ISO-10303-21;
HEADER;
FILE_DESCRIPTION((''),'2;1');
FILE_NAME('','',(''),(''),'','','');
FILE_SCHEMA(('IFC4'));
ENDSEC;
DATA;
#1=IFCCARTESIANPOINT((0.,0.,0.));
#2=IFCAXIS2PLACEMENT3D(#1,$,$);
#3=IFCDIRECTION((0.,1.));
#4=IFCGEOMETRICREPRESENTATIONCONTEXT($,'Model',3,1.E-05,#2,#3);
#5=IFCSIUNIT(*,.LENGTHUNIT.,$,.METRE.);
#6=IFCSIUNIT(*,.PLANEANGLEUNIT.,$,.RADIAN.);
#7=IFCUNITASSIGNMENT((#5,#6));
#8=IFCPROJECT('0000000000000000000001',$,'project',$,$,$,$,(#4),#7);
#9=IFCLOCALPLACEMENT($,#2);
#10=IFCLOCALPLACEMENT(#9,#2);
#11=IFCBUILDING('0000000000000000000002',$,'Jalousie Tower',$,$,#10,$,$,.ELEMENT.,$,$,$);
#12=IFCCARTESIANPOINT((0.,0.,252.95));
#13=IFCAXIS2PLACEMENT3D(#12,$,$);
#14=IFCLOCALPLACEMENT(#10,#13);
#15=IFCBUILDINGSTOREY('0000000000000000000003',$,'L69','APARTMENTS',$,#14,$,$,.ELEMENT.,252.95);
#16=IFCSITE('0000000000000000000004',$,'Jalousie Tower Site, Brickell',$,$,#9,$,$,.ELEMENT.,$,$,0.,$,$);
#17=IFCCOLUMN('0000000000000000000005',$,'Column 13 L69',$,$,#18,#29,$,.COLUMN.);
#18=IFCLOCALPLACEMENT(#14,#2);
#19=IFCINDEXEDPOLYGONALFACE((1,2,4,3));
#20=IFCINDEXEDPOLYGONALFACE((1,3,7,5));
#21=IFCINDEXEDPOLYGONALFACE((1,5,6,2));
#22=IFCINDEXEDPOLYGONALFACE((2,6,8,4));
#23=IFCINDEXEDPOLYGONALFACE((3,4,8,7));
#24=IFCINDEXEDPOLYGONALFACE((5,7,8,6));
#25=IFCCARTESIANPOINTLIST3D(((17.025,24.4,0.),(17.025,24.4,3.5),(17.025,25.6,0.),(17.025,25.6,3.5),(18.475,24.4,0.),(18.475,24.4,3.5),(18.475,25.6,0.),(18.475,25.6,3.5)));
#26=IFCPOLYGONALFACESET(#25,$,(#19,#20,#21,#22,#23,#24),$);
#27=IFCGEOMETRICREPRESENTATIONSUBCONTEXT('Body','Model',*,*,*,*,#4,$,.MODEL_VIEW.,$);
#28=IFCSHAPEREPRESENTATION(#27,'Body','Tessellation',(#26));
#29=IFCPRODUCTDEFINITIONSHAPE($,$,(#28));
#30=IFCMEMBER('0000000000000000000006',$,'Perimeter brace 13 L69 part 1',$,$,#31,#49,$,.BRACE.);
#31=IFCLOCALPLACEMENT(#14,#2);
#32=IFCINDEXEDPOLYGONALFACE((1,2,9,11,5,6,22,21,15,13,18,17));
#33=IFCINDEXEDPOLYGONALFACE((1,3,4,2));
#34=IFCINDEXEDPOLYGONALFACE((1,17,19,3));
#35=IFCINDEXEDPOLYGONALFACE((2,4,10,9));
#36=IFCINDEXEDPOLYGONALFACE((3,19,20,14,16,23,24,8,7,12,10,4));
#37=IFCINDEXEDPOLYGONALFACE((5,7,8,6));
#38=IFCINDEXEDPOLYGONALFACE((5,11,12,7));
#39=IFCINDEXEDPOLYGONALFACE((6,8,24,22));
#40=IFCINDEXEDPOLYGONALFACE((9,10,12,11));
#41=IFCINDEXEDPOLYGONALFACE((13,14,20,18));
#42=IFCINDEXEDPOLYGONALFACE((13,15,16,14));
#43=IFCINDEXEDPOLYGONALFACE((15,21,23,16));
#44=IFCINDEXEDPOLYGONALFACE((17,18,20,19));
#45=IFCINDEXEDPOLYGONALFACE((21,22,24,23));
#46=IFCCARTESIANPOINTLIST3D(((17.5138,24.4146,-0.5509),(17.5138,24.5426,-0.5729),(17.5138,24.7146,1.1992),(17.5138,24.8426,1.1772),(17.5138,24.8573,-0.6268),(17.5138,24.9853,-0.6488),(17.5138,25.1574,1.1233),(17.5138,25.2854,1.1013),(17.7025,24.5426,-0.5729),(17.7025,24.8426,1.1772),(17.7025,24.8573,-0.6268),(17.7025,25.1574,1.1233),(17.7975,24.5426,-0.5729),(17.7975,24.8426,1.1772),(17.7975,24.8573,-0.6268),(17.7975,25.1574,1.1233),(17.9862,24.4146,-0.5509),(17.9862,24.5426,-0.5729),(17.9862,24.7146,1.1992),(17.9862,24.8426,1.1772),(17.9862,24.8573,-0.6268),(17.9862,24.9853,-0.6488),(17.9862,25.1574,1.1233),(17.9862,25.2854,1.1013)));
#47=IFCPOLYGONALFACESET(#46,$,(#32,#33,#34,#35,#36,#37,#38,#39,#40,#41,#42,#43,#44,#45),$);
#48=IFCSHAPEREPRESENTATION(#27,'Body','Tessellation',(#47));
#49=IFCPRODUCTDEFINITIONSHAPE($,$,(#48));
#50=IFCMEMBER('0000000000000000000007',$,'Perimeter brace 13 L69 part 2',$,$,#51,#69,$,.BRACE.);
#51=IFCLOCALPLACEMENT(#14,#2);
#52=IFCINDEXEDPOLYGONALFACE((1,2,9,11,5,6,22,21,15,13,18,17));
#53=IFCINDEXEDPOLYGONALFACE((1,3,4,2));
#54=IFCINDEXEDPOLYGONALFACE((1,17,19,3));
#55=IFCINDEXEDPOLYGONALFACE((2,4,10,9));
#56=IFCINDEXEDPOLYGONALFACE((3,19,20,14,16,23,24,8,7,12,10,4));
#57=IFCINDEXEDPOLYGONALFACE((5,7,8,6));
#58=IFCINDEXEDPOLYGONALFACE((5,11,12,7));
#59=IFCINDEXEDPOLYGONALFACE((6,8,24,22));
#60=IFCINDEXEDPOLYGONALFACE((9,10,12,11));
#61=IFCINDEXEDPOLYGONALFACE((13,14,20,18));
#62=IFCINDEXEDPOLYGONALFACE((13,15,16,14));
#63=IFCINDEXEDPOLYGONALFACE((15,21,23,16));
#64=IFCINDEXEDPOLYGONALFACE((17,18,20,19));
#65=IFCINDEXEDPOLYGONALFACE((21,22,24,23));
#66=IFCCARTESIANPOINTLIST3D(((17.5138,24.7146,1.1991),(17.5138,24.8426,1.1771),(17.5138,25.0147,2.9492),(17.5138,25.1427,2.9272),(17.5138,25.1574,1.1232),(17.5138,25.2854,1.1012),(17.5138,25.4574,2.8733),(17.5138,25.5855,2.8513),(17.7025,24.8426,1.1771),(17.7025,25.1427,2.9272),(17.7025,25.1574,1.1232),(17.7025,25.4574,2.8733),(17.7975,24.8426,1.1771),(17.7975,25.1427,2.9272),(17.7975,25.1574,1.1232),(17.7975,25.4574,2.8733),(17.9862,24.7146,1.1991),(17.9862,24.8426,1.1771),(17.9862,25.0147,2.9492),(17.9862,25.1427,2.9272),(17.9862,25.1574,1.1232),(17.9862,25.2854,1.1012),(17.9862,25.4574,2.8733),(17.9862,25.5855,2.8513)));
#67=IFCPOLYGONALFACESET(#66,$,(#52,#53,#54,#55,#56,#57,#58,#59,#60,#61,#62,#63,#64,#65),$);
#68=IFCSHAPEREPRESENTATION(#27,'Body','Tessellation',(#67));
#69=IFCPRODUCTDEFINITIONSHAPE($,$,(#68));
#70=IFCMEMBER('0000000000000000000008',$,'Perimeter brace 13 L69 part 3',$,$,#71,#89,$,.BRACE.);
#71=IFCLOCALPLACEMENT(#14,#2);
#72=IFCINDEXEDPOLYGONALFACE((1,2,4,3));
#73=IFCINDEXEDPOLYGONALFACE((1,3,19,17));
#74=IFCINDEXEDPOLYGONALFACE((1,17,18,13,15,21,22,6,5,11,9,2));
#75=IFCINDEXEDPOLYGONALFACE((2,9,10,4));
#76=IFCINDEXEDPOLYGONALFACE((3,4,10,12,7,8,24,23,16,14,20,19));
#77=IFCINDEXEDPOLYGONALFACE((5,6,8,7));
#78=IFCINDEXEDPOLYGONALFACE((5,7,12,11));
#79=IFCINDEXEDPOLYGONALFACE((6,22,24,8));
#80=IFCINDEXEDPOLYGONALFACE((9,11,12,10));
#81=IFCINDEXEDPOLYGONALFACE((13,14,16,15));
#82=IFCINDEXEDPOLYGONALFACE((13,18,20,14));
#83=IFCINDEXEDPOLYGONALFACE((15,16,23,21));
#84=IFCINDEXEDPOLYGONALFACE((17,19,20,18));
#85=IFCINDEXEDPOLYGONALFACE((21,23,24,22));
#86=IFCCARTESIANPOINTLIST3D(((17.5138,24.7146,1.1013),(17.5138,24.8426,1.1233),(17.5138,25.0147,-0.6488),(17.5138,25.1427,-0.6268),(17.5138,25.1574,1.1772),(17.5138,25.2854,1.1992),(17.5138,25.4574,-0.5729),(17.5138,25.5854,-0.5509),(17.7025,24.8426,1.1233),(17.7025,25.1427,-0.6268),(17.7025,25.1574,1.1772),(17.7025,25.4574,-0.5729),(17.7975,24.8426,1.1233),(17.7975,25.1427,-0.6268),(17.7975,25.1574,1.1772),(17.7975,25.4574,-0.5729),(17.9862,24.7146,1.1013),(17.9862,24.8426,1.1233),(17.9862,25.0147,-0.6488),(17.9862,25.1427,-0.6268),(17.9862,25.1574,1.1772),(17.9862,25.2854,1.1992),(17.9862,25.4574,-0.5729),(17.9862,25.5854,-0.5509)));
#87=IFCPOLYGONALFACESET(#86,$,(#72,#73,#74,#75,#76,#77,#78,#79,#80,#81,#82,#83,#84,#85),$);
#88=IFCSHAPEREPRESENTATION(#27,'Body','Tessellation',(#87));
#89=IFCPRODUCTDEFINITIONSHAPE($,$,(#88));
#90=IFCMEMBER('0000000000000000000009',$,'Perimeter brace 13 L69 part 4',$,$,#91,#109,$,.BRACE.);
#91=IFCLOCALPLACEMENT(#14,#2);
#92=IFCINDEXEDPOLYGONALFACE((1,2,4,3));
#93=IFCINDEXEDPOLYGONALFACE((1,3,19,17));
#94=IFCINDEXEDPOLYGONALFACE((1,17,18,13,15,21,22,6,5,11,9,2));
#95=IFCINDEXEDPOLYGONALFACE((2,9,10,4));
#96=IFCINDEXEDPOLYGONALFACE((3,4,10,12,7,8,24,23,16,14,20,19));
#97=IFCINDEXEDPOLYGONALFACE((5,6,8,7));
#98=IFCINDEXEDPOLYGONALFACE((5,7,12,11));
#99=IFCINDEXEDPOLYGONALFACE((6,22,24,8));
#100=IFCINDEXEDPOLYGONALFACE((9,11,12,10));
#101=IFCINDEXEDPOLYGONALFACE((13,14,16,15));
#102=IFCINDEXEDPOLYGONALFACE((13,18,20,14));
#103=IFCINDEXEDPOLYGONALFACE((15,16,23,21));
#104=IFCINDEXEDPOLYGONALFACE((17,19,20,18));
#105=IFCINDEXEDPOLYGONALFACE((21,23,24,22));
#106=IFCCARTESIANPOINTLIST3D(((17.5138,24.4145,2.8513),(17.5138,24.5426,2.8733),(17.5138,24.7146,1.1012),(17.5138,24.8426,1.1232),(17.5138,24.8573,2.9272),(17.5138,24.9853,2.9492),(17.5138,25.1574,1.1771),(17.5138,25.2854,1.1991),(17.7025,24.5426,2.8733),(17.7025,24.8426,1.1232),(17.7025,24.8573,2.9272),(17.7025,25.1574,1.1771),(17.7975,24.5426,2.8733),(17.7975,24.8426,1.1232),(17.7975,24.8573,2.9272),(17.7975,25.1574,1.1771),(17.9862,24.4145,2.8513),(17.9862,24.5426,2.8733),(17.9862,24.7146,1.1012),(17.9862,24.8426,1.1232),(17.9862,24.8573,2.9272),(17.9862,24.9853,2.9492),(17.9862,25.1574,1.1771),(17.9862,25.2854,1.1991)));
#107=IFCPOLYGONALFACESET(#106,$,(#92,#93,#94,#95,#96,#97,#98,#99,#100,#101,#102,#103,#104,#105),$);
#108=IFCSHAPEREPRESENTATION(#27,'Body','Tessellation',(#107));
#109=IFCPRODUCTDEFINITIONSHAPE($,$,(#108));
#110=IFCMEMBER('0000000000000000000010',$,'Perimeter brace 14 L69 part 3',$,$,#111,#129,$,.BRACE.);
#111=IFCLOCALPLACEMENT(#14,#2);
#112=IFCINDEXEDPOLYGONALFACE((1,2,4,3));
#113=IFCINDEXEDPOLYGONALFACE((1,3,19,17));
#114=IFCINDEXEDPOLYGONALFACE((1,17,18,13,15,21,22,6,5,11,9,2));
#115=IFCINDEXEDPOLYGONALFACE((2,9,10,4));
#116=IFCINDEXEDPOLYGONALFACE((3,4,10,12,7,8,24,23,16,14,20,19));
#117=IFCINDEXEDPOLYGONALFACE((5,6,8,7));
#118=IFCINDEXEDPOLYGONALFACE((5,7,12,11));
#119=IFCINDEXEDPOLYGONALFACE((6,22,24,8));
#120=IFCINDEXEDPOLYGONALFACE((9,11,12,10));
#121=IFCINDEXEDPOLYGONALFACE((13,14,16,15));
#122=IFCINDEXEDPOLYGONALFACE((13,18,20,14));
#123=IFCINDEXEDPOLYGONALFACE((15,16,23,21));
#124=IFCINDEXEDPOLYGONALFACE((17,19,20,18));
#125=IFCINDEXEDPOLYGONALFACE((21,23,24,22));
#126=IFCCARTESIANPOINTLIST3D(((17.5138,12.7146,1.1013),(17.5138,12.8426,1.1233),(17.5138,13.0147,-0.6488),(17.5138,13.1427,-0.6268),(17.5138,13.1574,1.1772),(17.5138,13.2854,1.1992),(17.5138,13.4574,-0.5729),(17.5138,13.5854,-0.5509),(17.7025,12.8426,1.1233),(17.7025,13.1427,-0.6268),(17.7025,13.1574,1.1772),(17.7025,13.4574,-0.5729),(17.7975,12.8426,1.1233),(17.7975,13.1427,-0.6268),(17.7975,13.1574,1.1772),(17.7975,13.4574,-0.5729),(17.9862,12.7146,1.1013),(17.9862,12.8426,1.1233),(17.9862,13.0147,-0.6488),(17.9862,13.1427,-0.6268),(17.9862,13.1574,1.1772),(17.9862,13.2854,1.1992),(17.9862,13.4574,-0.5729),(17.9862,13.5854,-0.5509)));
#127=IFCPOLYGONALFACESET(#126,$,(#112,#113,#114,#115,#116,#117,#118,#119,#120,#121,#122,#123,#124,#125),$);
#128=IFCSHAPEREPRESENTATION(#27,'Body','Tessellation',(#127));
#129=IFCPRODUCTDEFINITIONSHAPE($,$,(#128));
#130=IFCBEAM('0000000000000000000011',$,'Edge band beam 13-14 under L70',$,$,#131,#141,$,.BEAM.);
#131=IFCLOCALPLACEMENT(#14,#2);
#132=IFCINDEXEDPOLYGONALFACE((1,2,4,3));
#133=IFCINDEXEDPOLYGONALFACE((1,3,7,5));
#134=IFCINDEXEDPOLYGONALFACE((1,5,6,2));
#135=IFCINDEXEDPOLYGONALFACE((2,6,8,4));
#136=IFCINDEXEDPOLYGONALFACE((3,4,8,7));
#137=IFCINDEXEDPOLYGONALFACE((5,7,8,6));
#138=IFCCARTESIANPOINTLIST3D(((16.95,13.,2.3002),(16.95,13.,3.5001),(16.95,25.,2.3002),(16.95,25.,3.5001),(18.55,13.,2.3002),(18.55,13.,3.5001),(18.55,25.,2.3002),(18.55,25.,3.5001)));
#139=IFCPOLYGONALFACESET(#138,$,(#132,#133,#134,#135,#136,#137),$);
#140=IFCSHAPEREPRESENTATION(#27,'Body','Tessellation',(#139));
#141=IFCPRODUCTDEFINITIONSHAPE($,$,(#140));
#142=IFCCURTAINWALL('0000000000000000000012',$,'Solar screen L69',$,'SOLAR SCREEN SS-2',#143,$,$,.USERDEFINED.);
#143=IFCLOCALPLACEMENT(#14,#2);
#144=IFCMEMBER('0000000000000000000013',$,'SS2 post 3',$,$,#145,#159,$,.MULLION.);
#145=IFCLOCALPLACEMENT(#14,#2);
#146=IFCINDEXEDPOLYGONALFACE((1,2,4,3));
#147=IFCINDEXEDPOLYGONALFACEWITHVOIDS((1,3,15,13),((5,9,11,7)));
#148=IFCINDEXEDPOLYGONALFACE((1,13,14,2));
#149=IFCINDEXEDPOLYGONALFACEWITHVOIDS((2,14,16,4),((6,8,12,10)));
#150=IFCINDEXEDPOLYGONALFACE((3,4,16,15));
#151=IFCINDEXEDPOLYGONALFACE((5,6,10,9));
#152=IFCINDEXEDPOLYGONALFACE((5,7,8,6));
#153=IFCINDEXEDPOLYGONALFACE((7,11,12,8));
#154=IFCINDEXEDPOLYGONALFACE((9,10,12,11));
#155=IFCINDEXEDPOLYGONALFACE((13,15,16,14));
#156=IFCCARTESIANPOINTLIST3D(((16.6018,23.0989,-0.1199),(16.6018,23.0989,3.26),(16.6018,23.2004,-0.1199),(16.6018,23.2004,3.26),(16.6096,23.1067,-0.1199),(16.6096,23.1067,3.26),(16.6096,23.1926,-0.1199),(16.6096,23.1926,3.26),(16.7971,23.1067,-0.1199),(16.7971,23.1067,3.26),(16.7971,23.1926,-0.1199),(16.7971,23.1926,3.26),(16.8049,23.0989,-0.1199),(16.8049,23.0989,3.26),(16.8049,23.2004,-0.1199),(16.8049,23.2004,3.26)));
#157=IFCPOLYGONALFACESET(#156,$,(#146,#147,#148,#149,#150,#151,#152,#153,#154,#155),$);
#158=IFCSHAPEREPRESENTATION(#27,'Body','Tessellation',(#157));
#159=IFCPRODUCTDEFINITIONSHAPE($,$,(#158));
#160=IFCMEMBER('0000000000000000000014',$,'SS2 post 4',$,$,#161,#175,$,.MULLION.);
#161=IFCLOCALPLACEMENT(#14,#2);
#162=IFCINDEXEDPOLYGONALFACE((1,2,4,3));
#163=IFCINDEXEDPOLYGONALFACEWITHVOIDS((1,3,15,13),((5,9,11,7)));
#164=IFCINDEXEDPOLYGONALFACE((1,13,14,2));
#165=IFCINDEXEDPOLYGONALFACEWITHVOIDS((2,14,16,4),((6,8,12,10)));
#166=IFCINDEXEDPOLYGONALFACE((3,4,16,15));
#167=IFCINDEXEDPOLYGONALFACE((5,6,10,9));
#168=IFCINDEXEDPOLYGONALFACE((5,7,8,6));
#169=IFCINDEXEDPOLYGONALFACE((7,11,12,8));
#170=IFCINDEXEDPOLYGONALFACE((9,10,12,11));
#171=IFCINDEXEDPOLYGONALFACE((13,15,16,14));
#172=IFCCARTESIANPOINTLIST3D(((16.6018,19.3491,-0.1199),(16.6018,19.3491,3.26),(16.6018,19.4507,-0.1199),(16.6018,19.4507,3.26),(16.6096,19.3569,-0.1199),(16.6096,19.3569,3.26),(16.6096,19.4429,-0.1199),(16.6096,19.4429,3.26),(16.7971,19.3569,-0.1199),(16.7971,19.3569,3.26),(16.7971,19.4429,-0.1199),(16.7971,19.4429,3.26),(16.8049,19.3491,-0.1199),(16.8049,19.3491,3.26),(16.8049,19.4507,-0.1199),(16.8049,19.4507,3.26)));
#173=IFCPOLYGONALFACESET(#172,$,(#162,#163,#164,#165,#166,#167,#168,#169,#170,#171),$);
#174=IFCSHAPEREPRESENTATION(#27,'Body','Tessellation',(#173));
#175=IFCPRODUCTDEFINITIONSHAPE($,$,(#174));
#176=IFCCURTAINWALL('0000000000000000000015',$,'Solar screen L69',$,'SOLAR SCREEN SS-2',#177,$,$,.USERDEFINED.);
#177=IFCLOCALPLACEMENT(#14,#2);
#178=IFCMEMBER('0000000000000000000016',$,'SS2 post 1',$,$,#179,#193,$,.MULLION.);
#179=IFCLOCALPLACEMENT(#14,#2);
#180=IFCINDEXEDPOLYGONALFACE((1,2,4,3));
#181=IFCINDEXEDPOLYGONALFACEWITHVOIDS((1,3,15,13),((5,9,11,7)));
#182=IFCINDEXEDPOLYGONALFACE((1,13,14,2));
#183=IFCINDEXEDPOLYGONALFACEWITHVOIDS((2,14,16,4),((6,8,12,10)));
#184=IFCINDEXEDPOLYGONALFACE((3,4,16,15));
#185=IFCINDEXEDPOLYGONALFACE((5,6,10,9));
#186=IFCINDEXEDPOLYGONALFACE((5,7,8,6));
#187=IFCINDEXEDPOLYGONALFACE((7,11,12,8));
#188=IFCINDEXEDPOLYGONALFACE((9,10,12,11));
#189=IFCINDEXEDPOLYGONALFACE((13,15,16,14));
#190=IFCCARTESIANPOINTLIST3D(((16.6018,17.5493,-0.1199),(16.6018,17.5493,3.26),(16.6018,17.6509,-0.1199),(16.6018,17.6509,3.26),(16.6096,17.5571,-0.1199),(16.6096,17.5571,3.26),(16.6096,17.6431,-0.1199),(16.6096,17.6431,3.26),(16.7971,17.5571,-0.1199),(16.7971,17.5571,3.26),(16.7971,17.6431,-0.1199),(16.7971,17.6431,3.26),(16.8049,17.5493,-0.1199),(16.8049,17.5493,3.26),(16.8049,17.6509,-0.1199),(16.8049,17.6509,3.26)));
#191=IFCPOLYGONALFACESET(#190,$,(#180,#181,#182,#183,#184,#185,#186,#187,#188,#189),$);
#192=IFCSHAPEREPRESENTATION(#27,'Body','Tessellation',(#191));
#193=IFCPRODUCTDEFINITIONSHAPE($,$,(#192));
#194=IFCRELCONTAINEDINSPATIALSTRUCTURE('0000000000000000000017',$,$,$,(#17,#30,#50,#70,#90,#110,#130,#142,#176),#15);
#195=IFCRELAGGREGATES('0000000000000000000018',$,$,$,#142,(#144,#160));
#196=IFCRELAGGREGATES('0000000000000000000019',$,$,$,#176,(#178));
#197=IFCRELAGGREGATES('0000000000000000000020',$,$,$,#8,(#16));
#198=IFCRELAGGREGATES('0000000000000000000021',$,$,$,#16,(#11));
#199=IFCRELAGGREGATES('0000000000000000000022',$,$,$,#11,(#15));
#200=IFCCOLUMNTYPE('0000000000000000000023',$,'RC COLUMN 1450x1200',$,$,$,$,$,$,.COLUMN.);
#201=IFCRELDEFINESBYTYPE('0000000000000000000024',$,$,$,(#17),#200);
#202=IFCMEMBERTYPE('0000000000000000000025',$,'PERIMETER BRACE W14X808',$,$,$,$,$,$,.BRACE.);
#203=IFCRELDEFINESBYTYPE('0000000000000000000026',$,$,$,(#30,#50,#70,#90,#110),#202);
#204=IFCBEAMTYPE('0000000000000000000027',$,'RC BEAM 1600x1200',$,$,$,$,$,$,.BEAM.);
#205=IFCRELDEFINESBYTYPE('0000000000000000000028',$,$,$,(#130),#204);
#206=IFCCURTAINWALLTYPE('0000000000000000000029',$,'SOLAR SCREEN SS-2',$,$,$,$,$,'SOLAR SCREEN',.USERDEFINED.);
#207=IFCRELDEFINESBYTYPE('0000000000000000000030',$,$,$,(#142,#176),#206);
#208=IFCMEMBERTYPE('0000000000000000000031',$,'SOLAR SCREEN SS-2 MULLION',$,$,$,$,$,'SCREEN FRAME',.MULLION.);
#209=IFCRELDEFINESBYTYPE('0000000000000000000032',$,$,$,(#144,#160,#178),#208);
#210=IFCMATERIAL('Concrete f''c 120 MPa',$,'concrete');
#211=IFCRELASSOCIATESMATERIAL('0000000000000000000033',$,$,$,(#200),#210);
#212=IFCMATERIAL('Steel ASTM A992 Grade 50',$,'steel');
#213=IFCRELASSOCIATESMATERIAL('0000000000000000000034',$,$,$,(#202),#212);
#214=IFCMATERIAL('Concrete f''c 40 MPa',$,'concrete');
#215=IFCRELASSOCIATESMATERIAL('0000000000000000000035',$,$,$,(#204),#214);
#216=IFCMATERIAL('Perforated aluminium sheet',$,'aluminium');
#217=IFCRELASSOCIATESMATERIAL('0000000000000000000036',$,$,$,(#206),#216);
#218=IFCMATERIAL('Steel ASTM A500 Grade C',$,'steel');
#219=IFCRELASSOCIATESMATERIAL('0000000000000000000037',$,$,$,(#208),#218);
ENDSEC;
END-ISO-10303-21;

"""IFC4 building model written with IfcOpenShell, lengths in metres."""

from ifc_helpers import new_model, si_unit, direction, frame, origin, origin_2d, place, context, subcontext, project, spatial, rectangle, hollow_rectangle, i_section, extrude, material, material_profile, profile_set, type_object, element, aggregate, save


model = new_model("IFC4")

# Units and contexts
model_context = context("Model", 3, precision=1e-05, world=origin(), true_north=direction((0.0, 1.0)))
body_context = subcontext(model_context, "Body", "Model", "MODEL_VIEW")
ifc_project = project(units=[si_unit("LENGTHUNIT", "METRE"), si_unit("PLANEANGLEUNIT", "RADIAN")], contexts=[model_context])

# Site, building, storey
site_placement = place(None, origin())
site = spatial("IfcSite", under=ifc_project, at=site_placement, Name="Jalousie Tower Site, Brickell", CompositionType="ELEMENT", RefElevation=0.0)
building_placement = place(site_placement, origin())
building = spatial("IfcBuilding", under=site, at=building_placement, Name="Jalousie Tower", CompositionType="ELEMENT")
storey_placement = place(building_placement, frame((0.0, 0.0, 252.95)))
storey = spatial("IfcBuildingStorey", under=building, at=storey_placement, Name="L69", Description="APARTMENTS", CompositionType="ELEMENT", Elevation=252.95)

# Column
ifc_material_1 = material(Name="Concrete f'c 120 MPa", Category="concrete")
ifc_material_profile_1 = material_profile(ifc_material_1, rectangle(XDim=1.45, YDim=1.2, at=origin_2d()), Name="RC 1450x1200")
ifc_profile_set_1 = profile_set([ifc_material_profile_1], Name="Concrete f'c 120 MPa")
column_type = type_object("IfcColumnType", Name="RC COLUMN 1450x1200", PredefinedType="COLUMN", material=ifc_profile_set_1)
column_placement = place(storey_placement, frame((17.75, 25.0, 0.0), z_axis=(0.0, 0.0, 1.0), x_axis=(1.0, 0.0, 0.0)))
element("IfcColumn", 1, at=column_placement, inside=storey, type_object=column_type, Name="Column 13 L69", PredefinedType="COLUMN", context=body_context, shape_type="SweptSolid", body=[
    extrude(rectangle(XDim=1.45, YDim=1.2, at=origin_2d()), origin(), (0.0, 0.0, 1.0), 3.5),
])

# Members
ifc_material_2 = material(Name="Steel ASTM A992 Grade 50", Category="steel")
ifc_material_profile_2 = material_profile(ifc_material_2, i_section(OverallWidth=0.4724, OverallDepth=0.5791, WebThickness=0.095, FlangeThickness=0.1299, at=origin_2d()), Name="W14X808")
ifc_profile_set_2 = profile_set([ifc_material_profile_2], Name="Steel ASTM A992 Grade 50")
member_type_1 = type_object("IfcMemberType", Name="PERIMETER BRACE W14X808", PredefinedType="BRACE", material=ifc_profile_set_2)
for number, where, z_axis, x_axis, name in (
    (2, (17.75, 24.7, -0.5999), (0.0, 0.168991, 0.985618), (-1.0, 0.0, 0.0), "Perimeter brace 13 L69 part 1"),
    (3, (17.75, 25.0, 1.1501), (0.0, 0.168991, 0.985618), (-1.0, 0.0, 0.0), "Perimeter brace 13 L69 part 2"),
    (4, (17.75, 25.3, -0.5999), (0.0, -0.168991, 0.985618), (1.0, 0.0, 0.0), "Perimeter brace 13 L69 part 3"),
    (5, (17.75, 25.0, 1.1501), (0.0, -0.168991, 0.985618), (1.0, 0.0, 0.0), "Perimeter brace 13 L69 part 4"),
    (6, (17.75, 13.3, -0.5999), (0.0, -0.168991, 0.985618), (1.0, 0.0, 0.0), "Perimeter brace 14 L69 part 3"),
):
    element("IfcMember", number, at=place(storey_placement, frame(where, z_axis=z_axis, x_axis=x_axis)), inside=storey, type_object=member_type_1, Name=name, PredefinedType="BRACE", context=body_context, shape_type="SweptSolid", body=[
        extrude(i_section(OverallWidth=0.4724, OverallDepth=0.5791, WebThickness=0.095, FlangeThickness=0.1299, at=origin_2d()), origin(), (0.0, 0.0, 1.0), 1.7756),
    ])

# Beam
ifc_material_3 = material(Name="Concrete f'c 40 MPa", Category="concrete")
ifc_material_profile_3 = material_profile(ifc_material_3, rectangle(XDim=1.6001, YDim=1.2, at=origin_2d()), Name="RC 1600x1200")
ifc_profile_set_3 = profile_set([ifc_material_profile_3], Name="Concrete f'c 40 MPa")
beam_type = type_object("IfcBeamType", Name="RC BEAM 1600x1200", PredefinedType="BEAM", material=ifc_profile_set_3)
beam_placement = place(storey_placement, frame((17.75, 25.0, 2.9001), z_axis=(0.0, -1.0, 0.0), x_axis=(1.0, 0.0, 0.0)))
element("IfcBeam", 7, at=beam_placement, inside=storey, type_object=beam_type, Name="Edge band beam 13-14 under L70", PredefinedType="BEAM", context=body_context, shape_type="SweptSolid", body=[
    extrude(rectangle(XDim=1.6001, YDim=1.2, at=origin_2d()), origin(), (0.0, 0.0, 1.0), 12.0),
])

# Curtain walls, members
ifc_material_4 = material(Name="Perforated aluminium sheet", Category="aluminium")
curtain_wall_type = type_object("IfcCurtainWallType", Name="SOLAR SCREEN SS-2", ElementType="SOLAR SCREEN", PredefinedType="USERDEFINED", material=ifc_material_4)
curtain_wall_1_placement = place(storey_placement, origin())
curtain_wall_1 = element("IfcCurtainWall", 8, at=curtain_wall_1_placement, inside=storey, type_object=curtain_wall_type, Name="Solar screen L69", ObjectType="SOLAR SCREEN SS-2", PredefinedType="USERDEFINED")
ifc_material_5 = material(Name="Steel ASTM A500 Grade C", Category="steel")
ifc_material_profile_4 = material_profile(ifc_material_5, hollow_rectangle(XDim=0.1016, YDim=0.2031, WallThickness=0.0078, at=origin_2d()), Name="HSS8X4X5/16")
ifc_profile_set_4 = profile_set([ifc_material_profile_4], Name="Steel ASTM A500 Grade C")
member_type_2 = type_object("IfcMemberType", Name="SOLAR SCREEN SS-2 MULLION", ElementType="SCREEN FRAME", PredefinedType="MULLION", material=ifc_profile_set_4)
member_1_placement = place(storey_placement, frame((16.7034, 23.1497, -0.1199), z_axis=(0.0, 0.0, 1.0), x_axis=(0.0, -1.0, 0.0)))
member_1 = element("IfcMember", 9, at=member_1_placement, type_object=member_type_2, Name="SS2 post 3", PredefinedType="MULLION", context=body_context, shape_type="SweptSolid", body=[
    extrude(hollow_rectangle(XDim=0.1016, YDim=0.2031, WallThickness=0.0078, at=origin_2d()), origin(), (0.0, 0.0, 1.0), 3.3799),
])
member_2_placement = place(storey_placement, frame((16.7034, 19.3999, -0.1199), z_axis=(0.0, 0.0, 1.0), x_axis=(0.0, -1.0, 0.0)))
member_2 = element("IfcMember", 10, at=member_2_placement, type_object=member_type_2, Name="SS2 post 4", PredefinedType="MULLION", context=body_context, shape_type="SweptSolid", body=[
    extrude(hollow_rectangle(XDim=0.1016, YDim=0.2031, WallThickness=0.0078, at=origin_2d()), origin(), (0.0, 0.0, 1.0), 3.3799),
])
curtain_wall_2_placement = place(storey_placement, origin())
curtain_wall_2 = element("IfcCurtainWall", 11, at=curtain_wall_2_placement, inside=storey, type_object=curtain_wall_type, Name="Solar screen L69", ObjectType="SOLAR SCREEN SS-2", PredefinedType="USERDEFINED")
member_3_placement = place(storey_placement, frame((16.7034, 17.6001, -0.1199), z_axis=(0.0, 0.0, 1.0), x_axis=(0.0, -1.0, 0.0)))
member_3 = element("IfcMember", 12, at=member_3_placement, type_object=member_type_2, Name="SS2 post 1", PredefinedType="MULLION", context=body_context, shape_type="SweptSolid", body=[
    extrude(hollow_rectangle(XDim=0.1016, YDim=0.2031, WallThickness=0.0078, at=origin_2d()), origin(), (0.0, 0.0, 1.0), 3.3799),
])

aggregate(curtain_wall_1, [member_1, member_2])
aggregate(curtain_wall_2, [member_3])

save(model, "model.ifc")
